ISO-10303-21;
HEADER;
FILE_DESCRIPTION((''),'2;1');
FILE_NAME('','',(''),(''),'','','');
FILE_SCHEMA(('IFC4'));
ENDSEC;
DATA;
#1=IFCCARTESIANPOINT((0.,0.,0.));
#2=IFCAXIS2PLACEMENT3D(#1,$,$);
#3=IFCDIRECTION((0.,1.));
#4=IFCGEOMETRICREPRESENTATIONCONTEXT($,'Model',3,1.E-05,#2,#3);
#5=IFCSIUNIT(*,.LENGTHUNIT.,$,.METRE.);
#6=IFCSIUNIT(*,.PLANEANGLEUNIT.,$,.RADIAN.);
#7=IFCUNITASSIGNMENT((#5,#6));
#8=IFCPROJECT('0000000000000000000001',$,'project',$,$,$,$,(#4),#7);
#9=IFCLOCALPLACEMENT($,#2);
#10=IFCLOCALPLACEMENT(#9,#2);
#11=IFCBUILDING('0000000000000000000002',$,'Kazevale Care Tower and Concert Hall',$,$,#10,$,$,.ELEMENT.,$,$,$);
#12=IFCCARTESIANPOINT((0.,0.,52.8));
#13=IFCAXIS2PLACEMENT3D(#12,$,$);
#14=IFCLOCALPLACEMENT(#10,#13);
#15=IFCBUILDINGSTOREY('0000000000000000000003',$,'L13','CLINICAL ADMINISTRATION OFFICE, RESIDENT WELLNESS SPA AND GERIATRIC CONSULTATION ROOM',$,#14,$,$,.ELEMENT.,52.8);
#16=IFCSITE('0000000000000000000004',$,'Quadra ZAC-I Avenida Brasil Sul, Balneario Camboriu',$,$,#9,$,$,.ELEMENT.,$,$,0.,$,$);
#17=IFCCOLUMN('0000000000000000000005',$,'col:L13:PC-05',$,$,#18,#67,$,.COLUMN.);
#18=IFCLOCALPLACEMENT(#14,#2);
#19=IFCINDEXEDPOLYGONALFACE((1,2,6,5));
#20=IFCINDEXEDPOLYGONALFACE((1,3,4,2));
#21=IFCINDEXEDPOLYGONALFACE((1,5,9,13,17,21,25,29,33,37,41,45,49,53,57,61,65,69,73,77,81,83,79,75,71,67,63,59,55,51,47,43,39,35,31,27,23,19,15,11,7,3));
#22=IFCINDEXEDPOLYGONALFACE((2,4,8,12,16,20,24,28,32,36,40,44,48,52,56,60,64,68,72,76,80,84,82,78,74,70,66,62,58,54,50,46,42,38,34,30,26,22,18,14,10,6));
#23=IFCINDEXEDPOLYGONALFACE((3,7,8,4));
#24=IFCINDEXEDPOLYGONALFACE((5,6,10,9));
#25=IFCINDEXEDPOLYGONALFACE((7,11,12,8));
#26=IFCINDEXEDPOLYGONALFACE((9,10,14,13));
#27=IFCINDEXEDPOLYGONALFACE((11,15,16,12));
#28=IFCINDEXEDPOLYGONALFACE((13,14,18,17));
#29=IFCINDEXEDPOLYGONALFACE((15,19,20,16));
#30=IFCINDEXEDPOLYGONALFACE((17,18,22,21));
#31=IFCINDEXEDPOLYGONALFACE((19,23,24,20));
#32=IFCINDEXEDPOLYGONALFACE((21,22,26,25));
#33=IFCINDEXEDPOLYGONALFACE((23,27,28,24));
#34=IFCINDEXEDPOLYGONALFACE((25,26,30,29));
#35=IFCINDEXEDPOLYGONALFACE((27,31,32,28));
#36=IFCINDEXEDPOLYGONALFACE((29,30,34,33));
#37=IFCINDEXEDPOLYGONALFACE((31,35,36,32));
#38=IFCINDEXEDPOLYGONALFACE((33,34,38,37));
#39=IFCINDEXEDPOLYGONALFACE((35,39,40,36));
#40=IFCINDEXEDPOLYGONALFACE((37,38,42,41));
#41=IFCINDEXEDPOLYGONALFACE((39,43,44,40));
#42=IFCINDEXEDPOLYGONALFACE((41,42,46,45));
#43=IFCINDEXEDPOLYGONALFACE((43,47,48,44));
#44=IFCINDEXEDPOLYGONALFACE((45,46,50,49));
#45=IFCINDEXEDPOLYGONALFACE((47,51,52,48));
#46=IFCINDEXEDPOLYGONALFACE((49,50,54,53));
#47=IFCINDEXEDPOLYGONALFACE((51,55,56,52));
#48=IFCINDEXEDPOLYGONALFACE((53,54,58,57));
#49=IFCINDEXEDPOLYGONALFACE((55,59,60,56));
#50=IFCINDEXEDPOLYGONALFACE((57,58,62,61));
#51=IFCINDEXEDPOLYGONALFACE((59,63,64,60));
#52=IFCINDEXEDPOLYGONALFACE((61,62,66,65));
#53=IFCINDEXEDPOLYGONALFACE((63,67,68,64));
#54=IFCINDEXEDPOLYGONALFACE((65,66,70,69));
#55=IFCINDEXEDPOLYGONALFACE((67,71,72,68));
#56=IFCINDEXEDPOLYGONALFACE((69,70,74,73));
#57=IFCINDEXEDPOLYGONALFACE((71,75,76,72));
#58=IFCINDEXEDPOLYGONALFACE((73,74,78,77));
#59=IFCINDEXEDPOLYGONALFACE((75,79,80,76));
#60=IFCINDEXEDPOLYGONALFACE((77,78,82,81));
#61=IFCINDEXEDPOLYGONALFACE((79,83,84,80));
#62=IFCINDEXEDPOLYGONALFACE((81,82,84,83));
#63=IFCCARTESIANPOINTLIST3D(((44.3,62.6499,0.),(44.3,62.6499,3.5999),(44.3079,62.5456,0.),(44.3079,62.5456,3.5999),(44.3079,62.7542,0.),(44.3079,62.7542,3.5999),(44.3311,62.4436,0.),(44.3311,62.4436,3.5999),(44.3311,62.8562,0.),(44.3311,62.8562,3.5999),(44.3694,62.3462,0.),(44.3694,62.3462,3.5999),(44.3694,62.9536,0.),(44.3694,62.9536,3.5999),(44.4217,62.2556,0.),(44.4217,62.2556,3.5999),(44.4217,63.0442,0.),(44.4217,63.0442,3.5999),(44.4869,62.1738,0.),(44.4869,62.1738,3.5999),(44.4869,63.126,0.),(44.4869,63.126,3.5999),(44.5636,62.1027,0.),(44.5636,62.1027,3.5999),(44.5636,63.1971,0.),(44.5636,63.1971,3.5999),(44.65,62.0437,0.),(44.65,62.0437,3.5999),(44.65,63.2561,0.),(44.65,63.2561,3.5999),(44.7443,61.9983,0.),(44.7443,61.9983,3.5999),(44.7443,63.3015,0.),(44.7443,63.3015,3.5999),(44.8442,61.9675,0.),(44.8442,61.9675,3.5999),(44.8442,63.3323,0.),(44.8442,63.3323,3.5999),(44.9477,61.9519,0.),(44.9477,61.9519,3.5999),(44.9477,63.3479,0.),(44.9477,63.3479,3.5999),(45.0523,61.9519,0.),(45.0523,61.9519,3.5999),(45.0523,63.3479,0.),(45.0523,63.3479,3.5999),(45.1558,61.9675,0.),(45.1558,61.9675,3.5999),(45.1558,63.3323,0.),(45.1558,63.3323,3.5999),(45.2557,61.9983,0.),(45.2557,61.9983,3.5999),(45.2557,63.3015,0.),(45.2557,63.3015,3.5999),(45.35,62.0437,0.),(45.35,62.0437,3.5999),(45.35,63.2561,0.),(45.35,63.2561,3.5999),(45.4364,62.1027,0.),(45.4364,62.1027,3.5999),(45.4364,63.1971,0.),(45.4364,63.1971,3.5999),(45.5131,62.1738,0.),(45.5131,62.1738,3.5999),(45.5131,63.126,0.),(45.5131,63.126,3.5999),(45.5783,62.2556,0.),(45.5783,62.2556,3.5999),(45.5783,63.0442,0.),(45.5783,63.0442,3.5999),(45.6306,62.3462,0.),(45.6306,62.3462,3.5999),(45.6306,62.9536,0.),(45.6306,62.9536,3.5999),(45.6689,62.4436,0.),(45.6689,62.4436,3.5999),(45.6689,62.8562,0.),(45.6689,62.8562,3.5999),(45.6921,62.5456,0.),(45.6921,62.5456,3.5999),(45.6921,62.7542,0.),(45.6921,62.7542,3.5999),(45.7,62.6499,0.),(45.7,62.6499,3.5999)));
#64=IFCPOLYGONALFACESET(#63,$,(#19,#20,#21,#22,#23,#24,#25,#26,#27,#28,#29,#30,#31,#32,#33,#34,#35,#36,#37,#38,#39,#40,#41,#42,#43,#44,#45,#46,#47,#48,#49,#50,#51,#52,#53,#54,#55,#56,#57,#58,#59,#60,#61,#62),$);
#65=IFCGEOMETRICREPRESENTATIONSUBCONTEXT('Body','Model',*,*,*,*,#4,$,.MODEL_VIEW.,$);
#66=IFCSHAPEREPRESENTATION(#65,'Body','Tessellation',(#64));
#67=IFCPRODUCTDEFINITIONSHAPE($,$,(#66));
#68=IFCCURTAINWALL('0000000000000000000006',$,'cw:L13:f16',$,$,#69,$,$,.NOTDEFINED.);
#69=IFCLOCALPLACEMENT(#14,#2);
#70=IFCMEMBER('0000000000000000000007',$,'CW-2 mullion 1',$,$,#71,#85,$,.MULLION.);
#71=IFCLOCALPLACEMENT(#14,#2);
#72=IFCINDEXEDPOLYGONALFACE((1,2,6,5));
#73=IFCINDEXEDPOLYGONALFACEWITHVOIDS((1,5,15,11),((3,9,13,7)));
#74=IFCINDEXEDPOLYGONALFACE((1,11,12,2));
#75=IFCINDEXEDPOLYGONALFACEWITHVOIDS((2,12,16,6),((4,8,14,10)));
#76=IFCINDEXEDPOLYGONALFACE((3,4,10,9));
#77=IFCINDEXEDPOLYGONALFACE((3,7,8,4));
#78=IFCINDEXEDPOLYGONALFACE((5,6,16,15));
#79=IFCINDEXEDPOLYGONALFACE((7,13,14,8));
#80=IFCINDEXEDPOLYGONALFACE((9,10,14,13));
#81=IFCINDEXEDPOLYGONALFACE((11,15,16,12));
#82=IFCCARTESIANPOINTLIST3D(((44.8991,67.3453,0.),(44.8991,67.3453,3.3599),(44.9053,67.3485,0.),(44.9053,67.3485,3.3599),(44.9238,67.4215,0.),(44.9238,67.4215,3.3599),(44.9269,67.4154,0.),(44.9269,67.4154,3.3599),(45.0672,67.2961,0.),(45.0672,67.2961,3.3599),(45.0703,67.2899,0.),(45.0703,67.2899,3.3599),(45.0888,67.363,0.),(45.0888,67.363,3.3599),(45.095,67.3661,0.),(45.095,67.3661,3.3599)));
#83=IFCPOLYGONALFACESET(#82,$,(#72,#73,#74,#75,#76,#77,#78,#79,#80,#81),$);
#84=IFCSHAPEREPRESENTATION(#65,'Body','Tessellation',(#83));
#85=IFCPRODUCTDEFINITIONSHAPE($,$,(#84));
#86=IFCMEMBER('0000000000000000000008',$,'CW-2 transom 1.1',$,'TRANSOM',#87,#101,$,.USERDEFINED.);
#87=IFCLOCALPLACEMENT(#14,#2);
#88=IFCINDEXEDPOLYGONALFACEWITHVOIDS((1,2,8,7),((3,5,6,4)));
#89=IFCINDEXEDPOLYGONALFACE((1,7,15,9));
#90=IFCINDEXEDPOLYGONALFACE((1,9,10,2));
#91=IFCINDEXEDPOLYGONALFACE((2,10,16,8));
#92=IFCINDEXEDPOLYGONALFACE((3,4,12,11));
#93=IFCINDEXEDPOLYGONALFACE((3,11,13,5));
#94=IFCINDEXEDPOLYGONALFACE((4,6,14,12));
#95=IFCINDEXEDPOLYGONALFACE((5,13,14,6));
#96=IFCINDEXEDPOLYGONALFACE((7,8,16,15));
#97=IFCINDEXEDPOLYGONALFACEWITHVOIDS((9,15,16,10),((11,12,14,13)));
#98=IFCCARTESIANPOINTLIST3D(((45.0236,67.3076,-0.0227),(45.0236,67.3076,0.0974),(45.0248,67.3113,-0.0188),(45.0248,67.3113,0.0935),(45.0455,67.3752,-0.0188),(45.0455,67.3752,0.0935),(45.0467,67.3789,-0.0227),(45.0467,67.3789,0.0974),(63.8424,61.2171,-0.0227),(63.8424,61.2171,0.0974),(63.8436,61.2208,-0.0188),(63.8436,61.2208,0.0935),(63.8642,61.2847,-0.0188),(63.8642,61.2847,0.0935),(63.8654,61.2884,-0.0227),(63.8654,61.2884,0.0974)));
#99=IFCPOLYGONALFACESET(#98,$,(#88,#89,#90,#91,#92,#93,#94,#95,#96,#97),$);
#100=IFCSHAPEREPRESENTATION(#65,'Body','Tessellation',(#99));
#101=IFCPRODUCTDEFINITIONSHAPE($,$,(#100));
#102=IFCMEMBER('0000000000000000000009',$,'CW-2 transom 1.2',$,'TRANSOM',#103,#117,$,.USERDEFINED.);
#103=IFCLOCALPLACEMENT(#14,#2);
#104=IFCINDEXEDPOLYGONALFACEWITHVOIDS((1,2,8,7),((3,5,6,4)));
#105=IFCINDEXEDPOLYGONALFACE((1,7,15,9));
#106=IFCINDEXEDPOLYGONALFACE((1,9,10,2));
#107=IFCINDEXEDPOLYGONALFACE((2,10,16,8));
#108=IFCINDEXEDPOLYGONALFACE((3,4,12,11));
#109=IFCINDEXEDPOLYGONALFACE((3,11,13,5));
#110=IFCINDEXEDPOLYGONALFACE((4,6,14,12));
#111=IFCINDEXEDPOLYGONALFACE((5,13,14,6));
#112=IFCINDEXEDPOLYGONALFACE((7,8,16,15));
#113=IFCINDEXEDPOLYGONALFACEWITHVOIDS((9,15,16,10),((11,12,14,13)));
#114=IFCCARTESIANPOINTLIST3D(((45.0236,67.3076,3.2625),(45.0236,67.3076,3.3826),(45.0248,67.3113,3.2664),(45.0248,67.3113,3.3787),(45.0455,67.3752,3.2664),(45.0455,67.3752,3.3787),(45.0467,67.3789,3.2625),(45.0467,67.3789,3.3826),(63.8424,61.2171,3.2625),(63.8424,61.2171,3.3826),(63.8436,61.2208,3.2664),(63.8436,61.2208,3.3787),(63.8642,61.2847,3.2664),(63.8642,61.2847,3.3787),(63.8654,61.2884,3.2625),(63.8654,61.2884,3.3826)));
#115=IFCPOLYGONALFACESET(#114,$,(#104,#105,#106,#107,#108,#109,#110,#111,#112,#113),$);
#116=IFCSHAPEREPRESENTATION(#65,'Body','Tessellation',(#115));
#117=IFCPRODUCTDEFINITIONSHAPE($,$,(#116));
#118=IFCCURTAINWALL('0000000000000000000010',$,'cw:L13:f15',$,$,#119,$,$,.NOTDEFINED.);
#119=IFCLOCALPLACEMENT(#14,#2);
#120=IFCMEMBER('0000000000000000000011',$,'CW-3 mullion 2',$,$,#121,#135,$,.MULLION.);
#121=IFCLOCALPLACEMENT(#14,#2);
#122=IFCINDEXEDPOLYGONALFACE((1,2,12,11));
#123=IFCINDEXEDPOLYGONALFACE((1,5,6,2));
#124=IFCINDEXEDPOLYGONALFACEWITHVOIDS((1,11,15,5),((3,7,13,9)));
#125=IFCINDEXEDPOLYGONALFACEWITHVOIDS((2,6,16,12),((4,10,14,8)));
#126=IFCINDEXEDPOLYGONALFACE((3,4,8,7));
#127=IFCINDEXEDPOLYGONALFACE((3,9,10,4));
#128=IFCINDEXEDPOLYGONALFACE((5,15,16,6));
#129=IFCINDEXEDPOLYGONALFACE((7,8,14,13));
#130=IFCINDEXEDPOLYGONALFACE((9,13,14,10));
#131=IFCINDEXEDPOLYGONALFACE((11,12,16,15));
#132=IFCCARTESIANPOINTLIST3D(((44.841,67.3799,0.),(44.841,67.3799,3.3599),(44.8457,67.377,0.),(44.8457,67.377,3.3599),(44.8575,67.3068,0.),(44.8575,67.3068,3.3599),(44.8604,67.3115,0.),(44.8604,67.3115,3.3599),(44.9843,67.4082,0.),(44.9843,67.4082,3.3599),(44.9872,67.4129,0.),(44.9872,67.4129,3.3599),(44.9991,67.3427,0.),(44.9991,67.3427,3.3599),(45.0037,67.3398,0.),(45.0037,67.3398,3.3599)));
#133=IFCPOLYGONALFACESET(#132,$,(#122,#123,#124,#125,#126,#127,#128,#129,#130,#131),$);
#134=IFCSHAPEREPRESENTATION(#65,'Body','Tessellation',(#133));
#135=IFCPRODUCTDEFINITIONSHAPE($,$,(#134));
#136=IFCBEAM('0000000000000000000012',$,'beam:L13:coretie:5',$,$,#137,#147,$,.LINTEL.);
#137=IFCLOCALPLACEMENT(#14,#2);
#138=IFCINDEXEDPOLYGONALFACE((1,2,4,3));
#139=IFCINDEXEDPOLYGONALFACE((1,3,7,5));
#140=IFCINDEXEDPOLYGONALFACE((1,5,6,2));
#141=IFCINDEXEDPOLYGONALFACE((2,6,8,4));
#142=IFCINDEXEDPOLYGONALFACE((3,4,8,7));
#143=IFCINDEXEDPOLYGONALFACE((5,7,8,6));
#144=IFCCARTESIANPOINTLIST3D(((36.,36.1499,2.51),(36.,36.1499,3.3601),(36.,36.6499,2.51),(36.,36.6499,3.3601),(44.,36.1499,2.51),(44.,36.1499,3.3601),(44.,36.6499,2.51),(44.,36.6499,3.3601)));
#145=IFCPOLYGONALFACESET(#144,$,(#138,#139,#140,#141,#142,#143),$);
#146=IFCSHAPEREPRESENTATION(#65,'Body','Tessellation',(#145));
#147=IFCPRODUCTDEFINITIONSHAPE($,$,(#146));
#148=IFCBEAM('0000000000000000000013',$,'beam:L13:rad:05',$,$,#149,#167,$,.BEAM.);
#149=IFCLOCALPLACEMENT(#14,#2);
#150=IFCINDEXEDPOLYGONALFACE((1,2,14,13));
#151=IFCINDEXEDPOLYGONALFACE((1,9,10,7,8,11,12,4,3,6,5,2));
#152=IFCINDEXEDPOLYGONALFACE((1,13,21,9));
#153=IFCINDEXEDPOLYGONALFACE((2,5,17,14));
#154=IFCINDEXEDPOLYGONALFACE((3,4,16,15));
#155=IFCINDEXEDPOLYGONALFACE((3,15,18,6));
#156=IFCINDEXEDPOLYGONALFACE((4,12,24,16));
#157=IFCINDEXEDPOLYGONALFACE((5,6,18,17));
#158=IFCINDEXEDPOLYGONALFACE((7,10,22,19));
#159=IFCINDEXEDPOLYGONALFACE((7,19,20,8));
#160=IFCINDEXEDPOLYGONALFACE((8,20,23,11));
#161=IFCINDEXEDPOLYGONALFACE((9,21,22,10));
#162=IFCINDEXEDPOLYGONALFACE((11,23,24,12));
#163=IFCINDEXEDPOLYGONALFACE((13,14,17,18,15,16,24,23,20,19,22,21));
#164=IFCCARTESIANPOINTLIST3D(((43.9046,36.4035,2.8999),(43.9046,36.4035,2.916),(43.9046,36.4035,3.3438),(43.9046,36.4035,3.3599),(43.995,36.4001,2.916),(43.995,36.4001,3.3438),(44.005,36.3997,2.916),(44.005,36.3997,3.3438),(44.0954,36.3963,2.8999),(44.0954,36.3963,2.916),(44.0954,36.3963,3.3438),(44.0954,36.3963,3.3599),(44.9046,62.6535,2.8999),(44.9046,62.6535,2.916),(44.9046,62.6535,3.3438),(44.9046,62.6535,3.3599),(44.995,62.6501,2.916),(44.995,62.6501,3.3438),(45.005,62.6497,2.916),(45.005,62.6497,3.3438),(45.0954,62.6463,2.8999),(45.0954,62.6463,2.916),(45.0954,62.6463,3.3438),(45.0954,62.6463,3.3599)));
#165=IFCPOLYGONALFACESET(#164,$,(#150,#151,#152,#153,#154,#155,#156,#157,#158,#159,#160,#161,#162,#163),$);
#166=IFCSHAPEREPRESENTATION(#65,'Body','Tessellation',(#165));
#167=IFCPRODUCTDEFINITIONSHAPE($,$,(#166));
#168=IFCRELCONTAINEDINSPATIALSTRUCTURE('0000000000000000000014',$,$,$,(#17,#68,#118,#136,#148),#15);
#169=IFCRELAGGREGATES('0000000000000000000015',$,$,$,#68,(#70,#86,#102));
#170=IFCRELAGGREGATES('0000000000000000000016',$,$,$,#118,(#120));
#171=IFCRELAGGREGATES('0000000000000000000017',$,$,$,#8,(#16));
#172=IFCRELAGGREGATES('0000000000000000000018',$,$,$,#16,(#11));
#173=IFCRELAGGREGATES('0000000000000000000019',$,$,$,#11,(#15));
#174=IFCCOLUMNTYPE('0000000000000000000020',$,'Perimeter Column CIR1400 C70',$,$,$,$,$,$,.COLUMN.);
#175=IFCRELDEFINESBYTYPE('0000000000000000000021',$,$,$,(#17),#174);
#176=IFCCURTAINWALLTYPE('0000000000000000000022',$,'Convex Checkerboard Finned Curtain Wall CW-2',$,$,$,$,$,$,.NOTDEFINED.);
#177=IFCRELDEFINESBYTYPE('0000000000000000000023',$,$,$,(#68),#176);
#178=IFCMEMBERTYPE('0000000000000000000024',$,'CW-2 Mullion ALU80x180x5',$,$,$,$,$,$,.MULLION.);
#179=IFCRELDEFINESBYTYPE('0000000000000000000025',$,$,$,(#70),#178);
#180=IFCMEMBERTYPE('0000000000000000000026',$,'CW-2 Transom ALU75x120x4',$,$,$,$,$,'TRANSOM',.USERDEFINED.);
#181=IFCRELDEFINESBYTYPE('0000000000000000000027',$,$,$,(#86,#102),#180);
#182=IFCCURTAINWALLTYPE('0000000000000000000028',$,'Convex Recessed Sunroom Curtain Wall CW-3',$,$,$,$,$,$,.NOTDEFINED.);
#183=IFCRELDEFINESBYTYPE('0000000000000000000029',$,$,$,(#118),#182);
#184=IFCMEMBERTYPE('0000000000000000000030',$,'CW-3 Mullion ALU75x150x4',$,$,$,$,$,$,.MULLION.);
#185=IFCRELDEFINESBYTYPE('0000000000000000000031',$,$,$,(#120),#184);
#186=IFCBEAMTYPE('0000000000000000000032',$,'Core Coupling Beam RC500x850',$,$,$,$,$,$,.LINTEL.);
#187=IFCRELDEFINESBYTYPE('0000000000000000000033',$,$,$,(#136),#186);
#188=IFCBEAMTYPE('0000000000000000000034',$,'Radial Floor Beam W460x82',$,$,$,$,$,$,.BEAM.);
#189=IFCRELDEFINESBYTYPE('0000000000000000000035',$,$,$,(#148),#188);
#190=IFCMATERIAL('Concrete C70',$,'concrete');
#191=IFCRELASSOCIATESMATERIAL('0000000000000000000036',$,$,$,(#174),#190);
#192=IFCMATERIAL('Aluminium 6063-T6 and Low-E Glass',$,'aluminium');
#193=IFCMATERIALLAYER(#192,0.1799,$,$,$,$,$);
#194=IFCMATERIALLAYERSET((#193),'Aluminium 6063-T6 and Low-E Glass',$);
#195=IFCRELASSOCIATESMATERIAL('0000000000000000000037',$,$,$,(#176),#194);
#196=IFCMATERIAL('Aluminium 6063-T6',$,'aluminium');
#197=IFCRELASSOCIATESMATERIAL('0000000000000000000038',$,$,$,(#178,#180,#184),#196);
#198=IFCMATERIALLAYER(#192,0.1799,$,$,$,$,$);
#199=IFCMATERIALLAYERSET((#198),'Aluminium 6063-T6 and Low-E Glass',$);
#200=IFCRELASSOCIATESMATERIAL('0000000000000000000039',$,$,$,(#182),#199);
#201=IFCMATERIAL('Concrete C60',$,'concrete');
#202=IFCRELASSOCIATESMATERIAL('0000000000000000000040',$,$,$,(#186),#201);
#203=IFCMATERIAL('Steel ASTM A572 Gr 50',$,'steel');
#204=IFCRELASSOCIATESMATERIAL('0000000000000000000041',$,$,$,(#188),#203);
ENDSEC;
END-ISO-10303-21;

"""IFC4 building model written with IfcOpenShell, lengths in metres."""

from ifc_helpers import new_model, si_unit, direction, frame, origin, origin_2d, place, context, subcontext, project, spatial, rectangle, hollow_rectangle, circle, i_section, extrude, material, layer, layer_set, material_profile, profile_set, type_object, element, aggregate, save


model = new_model("IFC4")

# Units and contexts
model_context = context("Model", 3, precision=1e-05, world=origin(), true_north=direction((0.0, 1.0)))
body_context = subcontext(model_context, "Body", "Model", "MODEL_VIEW")
ifc_project = project(units=[si_unit("LENGTHUNIT", "METRE"), si_unit("PLANEANGLEUNIT", "RADIAN")], contexts=[model_context])

# Site, building, storey
site_placement = place(None, origin())
site = spatial("IfcSite", under=ifc_project, at=site_placement, Name="Quadra ZAC-I Avenida Brasil Sul, Balneario Camboriu", CompositionType="ELEMENT", RefElevation=0.0)
building_placement = place(site_placement, origin())
building = spatial("IfcBuilding", under=site, at=building_placement, Name="Kazevale Care Tower and Concert Hall", CompositionType="ELEMENT")
storey_placement = place(building_placement, frame((0.0, 0.0, 52.8)))
storey = spatial("IfcBuildingStorey", under=building, at=storey_placement, Name="L13", Description="CLINICAL ADMINISTRATION OFFICE, RESIDENT WELLNESS SPA AND GERIATRIC CONSULTATION ROOM", CompositionType="ELEMENT", Elevation=52.8)

# Column
ifc_material_1 = material(Name="Concrete C70", Category="concrete")
ifc_material_profile_1 = material_profile(ifc_material_1, circle(Radius=0.7, at=origin_2d()), Name="RC-CIR1400")
ifc_profile_set_1 = profile_set([ifc_material_profile_1], Name="Concrete C70")
column_type = type_object("IfcColumnType", Name="Perimeter Column CIR1400 C70", PredefinedType="COLUMN", material=ifc_profile_set_1)
column_placement = place(storey_placement, frame((45.0, 62.6499, 0.0), z_axis=(0.0, 0.0, 1.0), x_axis=(1.0, 0.0, 0.0)))
element("IfcColumn", 1, at=column_placement, inside=storey, type_object=column_type, Name="col:L13:PC-05", PredefinedType="COLUMN", context=body_context, shape_type="SweptSolid", body=[
    extrude(circle(Radius=0.7, at=origin_2d()), origin(), (0.0, 0.0, 1.0), 3.5999),
])

# Curtain wall, members
ifc_material_2 = material(Name="Aluminium 6063-T6 and Low-E Glass", Category="aluminium")
ifc_layer_1 = layer(ifc_material_2, 0.1799)
ifc_layer_set_1 = layer_set([ifc_layer_1], Name="Aluminium 6063-T6 and Low-E Glass")
curtain_wall_type_1 = type_object("IfcCurtainWallType", Name="Convex Checkerboard Finned Curtain Wall CW-2", PredefinedType="NOTDEFINED", material=ifc_layer_set_1)
curtain_wall_1_placement = place(storey_placement, origin())
curtain_wall_1 = element("IfcCurtainWall", 2, at=curtain_wall_1_placement, inside=storey, type_object=curtain_wall_type_1, Name="cw:L13:f16", PredefinedType="NOTDEFINED")
ifc_material_3 = material(Name="Aluminium 6063-T6", Category="aluminium")
ifc_material_profile_2 = material_profile(ifc_material_3, hollow_rectangle(XDim=0.0801, YDim=0.1799, WallThickness=0.0049, at=origin_2d()), Name="ALU80x180x5")
ifc_profile_set_2 = profile_set([ifc_material_profile_2], Name="Aluminium 6063-T6")
member_type_1 = type_object("IfcMemberType", Name="CW-2 Mullion ALU80x180x5", PredefinedType="MULLION", material=ifc_profile_set_2)
member_1_placement = place(storey_placement, frame((44.9971, 67.3557, 0.0), z_axis=(0.0, 0.0, 1.0), x_axis=(0.307926, 0.95141, 0.0)))
member_1 = element("IfcMember", 3, at=member_1_placement, type_object=member_type_1, Name="CW-2 mullion 1", PredefinedType="MULLION", context=body_context, shape_type="SweptSolid", body=[
    extrude(hollow_rectangle(XDim=0.0801, YDim=0.1799, WallThickness=0.0049, at=origin_2d()), origin(), (0.0, 0.0, 1.0), 3.3599),
])
ifc_material_profile_3 = material_profile(ifc_material_3, hollow_rectangle(XDim=0.075, YDim=0.1201, WallThickness=0.0039, at=origin_2d()), Name="ALU75x120x4")
ifc_profile_set_3 = profile_set([ifc_material_profile_3], Name="Aluminium 6063-T6")
member_type_2 = type_object("IfcMemberType", Name="CW-2 Transom ALU75x120x4", ElementType="TRANSOM", PredefinedType="USERDEFINED", material=ifc_profile_set_3)
member_2_placement = place(storey_placement, frame((45.0352, 67.3433, 0.0374), z_axis=(0.951413, -0.307918, 0.0), x_axis=(0.307918, 0.951413, 0.0)))
member_2 = element("IfcMember", 4, at=member_2_placement, type_object=member_type_2, Name="CW-2 transom 1.1", ObjectType="TRANSOM", PredefinedType="USERDEFINED", context=body_context, shape_type="SweptSolid", body=[
    extrude(hollow_rectangle(XDim=0.075, YDim=0.1201, WallThickness=0.0039, at=origin_2d()), origin(), (0.0, 0.0, 1.0), 19.7798),
])
member_3_placement = place(storey_placement, frame((45.0352, 67.3433, 3.3225), z_axis=(0.951413, -0.307918, 0.0), x_axis=(0.307918, 0.951413, 0.0)))
member_3 = element("IfcMember", 5, at=member_3_placement, type_object=member_type_2, Name="CW-2 transom 1.2", ObjectType="TRANSOM", PredefinedType="USERDEFINED", context=body_context, shape_type="SweptSolid", body=[
    extrude(hollow_rectangle(XDim=0.075, YDim=0.1201, WallThickness=0.0039, at=origin_2d()), origin(), (0.0, 0.0, 1.0), 19.7798),
])
aggregate(curtain_wall_1, [member_1, member_2, member_3])

# Curtain wall, member
ifc_layer_2 = layer(ifc_material_2, 0.1799)
ifc_layer_set_2 = layer_set([ifc_layer_2], Name="Aluminium 6063-T6 and Low-E Glass")
curtain_wall_type_2 = type_object("IfcCurtainWallType", Name="Convex Recessed Sunroom Curtain Wall CW-3", PredefinedType="NOTDEFINED", material=ifc_layer_set_2)
curtain_wall_2_placement = place(storey_placement, origin())
curtain_wall_2 = element("IfcCurtainWall", 6, at=curtain_wall_2_placement, inside=storey, type_object=curtain_wall_type_2, Name="cw:L13:f15", PredefinedType="NOTDEFINED")
ifc_material_profile_4 = material_profile(ifc_material_3, hollow_rectangle(XDim=0.075, YDim=0.1499, WallThickness=0.0039, at=origin_2d()), Name="ALU75x150x4")
ifc_profile_set_4 = profile_set([ifc_material_profile_4], Name="Aluminium 6063-T6")
member_type_3 = type_object("IfcMemberType", Name="CW-3 Mullion ALU75x150x4", PredefinedType="MULLION", material=ifc_profile_set_4)
member_4_placement = place(storey_placement, frame((44.9224, 67.3599, 0.0), z_axis=(0.0, 0.0, 1.0), x_axis=(-0.219911, 0.97552, 0.0)))
member_4 = element("IfcMember", 7, at=member_4_placement, type_object=member_type_3, Name="CW-3 mullion 2", PredefinedType="MULLION", context=body_context, shape_type="SweptSolid", body=[
    extrude(hollow_rectangle(XDim=0.075, YDim=0.1499, WallThickness=0.0039, at=origin_2d()), origin(), (0.0, 0.0, 1.0), 3.3599),
])
aggregate(curtain_wall_2, [member_4])

# Beams
ifc_material_4 = material(Name="Concrete C60", Category="concrete")
ifc_material_profile_5 = material_profile(ifc_material_4, rectangle(XDim=0.5, YDim=0.8501, at=origin_2d()), Name="RC-B500x850")
ifc_profile_set_5 = profile_set([ifc_material_profile_5], Name="Concrete C60")
beam_type_1 = type_object("IfcBeamType", Name="Core Coupling Beam RC500x850", PredefinedType="LINTEL", material=ifc_profile_set_5)
beam_1_placement = place(storey_placement, frame((44.0, 36.3999, 2.9351), z_axis=(-1.0, 0.0, 0.0), x_axis=(0.0, -1.0, 0.0)))
element("IfcBeam", 8, at=beam_1_placement, inside=storey, type_object=beam_type_1, Name="beam:L13:coretie:5", PredefinedType="LINTEL", context=body_context, shape_type="SweptSolid", body=[
    extrude(rectangle(XDim=0.5, YDim=0.8501, at=origin_2d()), origin(), (0.0, 0.0, 1.0), 8.0),
])
ifc_material_5 = material(Name="Steel ASTM A572 Gr 50", Category="steel")
ifc_material_profile_6 = material_profile(ifc_material_5, i_section(OverallWidth=0.1909, OverallDepth=0.46, WebThickness=0.01, FlangeThickness=0.0161, at=origin_2d()), Name="W460x82")
ifc_profile_set_6 = profile_set([ifc_material_profile_6], Name="Steel ASTM A572 Gr 50")
beam_type_2 = type_object("IfcBeamType", Name="Radial Floor Beam W460x82", PredefinedType="BEAM", material=ifc_profile_set_6)
beam_2_placement = place(storey_placement, frame((44.0, 36.3999, 3.1299), z_axis=(0.038068, 0.999275, 0.0), x_axis=(-0.999275, 0.038068, 0.0)))
element("IfcBeam", 9, at=beam_2_placement, inside=storey, type_object=beam_type_2, Name="beam:L13:rad:05", PredefinedType="BEAM", context=body_context, shape_type="SweptSolid", body=[
    extrude(i_section(OverallWidth=0.1909, OverallDepth=0.46, WebThickness=0.01, FlangeThickness=0.0161, at=origin_2d()), origin(), (0.0, 0.0, 1.0), 26.269),
])

save(model, "model.ifc")
